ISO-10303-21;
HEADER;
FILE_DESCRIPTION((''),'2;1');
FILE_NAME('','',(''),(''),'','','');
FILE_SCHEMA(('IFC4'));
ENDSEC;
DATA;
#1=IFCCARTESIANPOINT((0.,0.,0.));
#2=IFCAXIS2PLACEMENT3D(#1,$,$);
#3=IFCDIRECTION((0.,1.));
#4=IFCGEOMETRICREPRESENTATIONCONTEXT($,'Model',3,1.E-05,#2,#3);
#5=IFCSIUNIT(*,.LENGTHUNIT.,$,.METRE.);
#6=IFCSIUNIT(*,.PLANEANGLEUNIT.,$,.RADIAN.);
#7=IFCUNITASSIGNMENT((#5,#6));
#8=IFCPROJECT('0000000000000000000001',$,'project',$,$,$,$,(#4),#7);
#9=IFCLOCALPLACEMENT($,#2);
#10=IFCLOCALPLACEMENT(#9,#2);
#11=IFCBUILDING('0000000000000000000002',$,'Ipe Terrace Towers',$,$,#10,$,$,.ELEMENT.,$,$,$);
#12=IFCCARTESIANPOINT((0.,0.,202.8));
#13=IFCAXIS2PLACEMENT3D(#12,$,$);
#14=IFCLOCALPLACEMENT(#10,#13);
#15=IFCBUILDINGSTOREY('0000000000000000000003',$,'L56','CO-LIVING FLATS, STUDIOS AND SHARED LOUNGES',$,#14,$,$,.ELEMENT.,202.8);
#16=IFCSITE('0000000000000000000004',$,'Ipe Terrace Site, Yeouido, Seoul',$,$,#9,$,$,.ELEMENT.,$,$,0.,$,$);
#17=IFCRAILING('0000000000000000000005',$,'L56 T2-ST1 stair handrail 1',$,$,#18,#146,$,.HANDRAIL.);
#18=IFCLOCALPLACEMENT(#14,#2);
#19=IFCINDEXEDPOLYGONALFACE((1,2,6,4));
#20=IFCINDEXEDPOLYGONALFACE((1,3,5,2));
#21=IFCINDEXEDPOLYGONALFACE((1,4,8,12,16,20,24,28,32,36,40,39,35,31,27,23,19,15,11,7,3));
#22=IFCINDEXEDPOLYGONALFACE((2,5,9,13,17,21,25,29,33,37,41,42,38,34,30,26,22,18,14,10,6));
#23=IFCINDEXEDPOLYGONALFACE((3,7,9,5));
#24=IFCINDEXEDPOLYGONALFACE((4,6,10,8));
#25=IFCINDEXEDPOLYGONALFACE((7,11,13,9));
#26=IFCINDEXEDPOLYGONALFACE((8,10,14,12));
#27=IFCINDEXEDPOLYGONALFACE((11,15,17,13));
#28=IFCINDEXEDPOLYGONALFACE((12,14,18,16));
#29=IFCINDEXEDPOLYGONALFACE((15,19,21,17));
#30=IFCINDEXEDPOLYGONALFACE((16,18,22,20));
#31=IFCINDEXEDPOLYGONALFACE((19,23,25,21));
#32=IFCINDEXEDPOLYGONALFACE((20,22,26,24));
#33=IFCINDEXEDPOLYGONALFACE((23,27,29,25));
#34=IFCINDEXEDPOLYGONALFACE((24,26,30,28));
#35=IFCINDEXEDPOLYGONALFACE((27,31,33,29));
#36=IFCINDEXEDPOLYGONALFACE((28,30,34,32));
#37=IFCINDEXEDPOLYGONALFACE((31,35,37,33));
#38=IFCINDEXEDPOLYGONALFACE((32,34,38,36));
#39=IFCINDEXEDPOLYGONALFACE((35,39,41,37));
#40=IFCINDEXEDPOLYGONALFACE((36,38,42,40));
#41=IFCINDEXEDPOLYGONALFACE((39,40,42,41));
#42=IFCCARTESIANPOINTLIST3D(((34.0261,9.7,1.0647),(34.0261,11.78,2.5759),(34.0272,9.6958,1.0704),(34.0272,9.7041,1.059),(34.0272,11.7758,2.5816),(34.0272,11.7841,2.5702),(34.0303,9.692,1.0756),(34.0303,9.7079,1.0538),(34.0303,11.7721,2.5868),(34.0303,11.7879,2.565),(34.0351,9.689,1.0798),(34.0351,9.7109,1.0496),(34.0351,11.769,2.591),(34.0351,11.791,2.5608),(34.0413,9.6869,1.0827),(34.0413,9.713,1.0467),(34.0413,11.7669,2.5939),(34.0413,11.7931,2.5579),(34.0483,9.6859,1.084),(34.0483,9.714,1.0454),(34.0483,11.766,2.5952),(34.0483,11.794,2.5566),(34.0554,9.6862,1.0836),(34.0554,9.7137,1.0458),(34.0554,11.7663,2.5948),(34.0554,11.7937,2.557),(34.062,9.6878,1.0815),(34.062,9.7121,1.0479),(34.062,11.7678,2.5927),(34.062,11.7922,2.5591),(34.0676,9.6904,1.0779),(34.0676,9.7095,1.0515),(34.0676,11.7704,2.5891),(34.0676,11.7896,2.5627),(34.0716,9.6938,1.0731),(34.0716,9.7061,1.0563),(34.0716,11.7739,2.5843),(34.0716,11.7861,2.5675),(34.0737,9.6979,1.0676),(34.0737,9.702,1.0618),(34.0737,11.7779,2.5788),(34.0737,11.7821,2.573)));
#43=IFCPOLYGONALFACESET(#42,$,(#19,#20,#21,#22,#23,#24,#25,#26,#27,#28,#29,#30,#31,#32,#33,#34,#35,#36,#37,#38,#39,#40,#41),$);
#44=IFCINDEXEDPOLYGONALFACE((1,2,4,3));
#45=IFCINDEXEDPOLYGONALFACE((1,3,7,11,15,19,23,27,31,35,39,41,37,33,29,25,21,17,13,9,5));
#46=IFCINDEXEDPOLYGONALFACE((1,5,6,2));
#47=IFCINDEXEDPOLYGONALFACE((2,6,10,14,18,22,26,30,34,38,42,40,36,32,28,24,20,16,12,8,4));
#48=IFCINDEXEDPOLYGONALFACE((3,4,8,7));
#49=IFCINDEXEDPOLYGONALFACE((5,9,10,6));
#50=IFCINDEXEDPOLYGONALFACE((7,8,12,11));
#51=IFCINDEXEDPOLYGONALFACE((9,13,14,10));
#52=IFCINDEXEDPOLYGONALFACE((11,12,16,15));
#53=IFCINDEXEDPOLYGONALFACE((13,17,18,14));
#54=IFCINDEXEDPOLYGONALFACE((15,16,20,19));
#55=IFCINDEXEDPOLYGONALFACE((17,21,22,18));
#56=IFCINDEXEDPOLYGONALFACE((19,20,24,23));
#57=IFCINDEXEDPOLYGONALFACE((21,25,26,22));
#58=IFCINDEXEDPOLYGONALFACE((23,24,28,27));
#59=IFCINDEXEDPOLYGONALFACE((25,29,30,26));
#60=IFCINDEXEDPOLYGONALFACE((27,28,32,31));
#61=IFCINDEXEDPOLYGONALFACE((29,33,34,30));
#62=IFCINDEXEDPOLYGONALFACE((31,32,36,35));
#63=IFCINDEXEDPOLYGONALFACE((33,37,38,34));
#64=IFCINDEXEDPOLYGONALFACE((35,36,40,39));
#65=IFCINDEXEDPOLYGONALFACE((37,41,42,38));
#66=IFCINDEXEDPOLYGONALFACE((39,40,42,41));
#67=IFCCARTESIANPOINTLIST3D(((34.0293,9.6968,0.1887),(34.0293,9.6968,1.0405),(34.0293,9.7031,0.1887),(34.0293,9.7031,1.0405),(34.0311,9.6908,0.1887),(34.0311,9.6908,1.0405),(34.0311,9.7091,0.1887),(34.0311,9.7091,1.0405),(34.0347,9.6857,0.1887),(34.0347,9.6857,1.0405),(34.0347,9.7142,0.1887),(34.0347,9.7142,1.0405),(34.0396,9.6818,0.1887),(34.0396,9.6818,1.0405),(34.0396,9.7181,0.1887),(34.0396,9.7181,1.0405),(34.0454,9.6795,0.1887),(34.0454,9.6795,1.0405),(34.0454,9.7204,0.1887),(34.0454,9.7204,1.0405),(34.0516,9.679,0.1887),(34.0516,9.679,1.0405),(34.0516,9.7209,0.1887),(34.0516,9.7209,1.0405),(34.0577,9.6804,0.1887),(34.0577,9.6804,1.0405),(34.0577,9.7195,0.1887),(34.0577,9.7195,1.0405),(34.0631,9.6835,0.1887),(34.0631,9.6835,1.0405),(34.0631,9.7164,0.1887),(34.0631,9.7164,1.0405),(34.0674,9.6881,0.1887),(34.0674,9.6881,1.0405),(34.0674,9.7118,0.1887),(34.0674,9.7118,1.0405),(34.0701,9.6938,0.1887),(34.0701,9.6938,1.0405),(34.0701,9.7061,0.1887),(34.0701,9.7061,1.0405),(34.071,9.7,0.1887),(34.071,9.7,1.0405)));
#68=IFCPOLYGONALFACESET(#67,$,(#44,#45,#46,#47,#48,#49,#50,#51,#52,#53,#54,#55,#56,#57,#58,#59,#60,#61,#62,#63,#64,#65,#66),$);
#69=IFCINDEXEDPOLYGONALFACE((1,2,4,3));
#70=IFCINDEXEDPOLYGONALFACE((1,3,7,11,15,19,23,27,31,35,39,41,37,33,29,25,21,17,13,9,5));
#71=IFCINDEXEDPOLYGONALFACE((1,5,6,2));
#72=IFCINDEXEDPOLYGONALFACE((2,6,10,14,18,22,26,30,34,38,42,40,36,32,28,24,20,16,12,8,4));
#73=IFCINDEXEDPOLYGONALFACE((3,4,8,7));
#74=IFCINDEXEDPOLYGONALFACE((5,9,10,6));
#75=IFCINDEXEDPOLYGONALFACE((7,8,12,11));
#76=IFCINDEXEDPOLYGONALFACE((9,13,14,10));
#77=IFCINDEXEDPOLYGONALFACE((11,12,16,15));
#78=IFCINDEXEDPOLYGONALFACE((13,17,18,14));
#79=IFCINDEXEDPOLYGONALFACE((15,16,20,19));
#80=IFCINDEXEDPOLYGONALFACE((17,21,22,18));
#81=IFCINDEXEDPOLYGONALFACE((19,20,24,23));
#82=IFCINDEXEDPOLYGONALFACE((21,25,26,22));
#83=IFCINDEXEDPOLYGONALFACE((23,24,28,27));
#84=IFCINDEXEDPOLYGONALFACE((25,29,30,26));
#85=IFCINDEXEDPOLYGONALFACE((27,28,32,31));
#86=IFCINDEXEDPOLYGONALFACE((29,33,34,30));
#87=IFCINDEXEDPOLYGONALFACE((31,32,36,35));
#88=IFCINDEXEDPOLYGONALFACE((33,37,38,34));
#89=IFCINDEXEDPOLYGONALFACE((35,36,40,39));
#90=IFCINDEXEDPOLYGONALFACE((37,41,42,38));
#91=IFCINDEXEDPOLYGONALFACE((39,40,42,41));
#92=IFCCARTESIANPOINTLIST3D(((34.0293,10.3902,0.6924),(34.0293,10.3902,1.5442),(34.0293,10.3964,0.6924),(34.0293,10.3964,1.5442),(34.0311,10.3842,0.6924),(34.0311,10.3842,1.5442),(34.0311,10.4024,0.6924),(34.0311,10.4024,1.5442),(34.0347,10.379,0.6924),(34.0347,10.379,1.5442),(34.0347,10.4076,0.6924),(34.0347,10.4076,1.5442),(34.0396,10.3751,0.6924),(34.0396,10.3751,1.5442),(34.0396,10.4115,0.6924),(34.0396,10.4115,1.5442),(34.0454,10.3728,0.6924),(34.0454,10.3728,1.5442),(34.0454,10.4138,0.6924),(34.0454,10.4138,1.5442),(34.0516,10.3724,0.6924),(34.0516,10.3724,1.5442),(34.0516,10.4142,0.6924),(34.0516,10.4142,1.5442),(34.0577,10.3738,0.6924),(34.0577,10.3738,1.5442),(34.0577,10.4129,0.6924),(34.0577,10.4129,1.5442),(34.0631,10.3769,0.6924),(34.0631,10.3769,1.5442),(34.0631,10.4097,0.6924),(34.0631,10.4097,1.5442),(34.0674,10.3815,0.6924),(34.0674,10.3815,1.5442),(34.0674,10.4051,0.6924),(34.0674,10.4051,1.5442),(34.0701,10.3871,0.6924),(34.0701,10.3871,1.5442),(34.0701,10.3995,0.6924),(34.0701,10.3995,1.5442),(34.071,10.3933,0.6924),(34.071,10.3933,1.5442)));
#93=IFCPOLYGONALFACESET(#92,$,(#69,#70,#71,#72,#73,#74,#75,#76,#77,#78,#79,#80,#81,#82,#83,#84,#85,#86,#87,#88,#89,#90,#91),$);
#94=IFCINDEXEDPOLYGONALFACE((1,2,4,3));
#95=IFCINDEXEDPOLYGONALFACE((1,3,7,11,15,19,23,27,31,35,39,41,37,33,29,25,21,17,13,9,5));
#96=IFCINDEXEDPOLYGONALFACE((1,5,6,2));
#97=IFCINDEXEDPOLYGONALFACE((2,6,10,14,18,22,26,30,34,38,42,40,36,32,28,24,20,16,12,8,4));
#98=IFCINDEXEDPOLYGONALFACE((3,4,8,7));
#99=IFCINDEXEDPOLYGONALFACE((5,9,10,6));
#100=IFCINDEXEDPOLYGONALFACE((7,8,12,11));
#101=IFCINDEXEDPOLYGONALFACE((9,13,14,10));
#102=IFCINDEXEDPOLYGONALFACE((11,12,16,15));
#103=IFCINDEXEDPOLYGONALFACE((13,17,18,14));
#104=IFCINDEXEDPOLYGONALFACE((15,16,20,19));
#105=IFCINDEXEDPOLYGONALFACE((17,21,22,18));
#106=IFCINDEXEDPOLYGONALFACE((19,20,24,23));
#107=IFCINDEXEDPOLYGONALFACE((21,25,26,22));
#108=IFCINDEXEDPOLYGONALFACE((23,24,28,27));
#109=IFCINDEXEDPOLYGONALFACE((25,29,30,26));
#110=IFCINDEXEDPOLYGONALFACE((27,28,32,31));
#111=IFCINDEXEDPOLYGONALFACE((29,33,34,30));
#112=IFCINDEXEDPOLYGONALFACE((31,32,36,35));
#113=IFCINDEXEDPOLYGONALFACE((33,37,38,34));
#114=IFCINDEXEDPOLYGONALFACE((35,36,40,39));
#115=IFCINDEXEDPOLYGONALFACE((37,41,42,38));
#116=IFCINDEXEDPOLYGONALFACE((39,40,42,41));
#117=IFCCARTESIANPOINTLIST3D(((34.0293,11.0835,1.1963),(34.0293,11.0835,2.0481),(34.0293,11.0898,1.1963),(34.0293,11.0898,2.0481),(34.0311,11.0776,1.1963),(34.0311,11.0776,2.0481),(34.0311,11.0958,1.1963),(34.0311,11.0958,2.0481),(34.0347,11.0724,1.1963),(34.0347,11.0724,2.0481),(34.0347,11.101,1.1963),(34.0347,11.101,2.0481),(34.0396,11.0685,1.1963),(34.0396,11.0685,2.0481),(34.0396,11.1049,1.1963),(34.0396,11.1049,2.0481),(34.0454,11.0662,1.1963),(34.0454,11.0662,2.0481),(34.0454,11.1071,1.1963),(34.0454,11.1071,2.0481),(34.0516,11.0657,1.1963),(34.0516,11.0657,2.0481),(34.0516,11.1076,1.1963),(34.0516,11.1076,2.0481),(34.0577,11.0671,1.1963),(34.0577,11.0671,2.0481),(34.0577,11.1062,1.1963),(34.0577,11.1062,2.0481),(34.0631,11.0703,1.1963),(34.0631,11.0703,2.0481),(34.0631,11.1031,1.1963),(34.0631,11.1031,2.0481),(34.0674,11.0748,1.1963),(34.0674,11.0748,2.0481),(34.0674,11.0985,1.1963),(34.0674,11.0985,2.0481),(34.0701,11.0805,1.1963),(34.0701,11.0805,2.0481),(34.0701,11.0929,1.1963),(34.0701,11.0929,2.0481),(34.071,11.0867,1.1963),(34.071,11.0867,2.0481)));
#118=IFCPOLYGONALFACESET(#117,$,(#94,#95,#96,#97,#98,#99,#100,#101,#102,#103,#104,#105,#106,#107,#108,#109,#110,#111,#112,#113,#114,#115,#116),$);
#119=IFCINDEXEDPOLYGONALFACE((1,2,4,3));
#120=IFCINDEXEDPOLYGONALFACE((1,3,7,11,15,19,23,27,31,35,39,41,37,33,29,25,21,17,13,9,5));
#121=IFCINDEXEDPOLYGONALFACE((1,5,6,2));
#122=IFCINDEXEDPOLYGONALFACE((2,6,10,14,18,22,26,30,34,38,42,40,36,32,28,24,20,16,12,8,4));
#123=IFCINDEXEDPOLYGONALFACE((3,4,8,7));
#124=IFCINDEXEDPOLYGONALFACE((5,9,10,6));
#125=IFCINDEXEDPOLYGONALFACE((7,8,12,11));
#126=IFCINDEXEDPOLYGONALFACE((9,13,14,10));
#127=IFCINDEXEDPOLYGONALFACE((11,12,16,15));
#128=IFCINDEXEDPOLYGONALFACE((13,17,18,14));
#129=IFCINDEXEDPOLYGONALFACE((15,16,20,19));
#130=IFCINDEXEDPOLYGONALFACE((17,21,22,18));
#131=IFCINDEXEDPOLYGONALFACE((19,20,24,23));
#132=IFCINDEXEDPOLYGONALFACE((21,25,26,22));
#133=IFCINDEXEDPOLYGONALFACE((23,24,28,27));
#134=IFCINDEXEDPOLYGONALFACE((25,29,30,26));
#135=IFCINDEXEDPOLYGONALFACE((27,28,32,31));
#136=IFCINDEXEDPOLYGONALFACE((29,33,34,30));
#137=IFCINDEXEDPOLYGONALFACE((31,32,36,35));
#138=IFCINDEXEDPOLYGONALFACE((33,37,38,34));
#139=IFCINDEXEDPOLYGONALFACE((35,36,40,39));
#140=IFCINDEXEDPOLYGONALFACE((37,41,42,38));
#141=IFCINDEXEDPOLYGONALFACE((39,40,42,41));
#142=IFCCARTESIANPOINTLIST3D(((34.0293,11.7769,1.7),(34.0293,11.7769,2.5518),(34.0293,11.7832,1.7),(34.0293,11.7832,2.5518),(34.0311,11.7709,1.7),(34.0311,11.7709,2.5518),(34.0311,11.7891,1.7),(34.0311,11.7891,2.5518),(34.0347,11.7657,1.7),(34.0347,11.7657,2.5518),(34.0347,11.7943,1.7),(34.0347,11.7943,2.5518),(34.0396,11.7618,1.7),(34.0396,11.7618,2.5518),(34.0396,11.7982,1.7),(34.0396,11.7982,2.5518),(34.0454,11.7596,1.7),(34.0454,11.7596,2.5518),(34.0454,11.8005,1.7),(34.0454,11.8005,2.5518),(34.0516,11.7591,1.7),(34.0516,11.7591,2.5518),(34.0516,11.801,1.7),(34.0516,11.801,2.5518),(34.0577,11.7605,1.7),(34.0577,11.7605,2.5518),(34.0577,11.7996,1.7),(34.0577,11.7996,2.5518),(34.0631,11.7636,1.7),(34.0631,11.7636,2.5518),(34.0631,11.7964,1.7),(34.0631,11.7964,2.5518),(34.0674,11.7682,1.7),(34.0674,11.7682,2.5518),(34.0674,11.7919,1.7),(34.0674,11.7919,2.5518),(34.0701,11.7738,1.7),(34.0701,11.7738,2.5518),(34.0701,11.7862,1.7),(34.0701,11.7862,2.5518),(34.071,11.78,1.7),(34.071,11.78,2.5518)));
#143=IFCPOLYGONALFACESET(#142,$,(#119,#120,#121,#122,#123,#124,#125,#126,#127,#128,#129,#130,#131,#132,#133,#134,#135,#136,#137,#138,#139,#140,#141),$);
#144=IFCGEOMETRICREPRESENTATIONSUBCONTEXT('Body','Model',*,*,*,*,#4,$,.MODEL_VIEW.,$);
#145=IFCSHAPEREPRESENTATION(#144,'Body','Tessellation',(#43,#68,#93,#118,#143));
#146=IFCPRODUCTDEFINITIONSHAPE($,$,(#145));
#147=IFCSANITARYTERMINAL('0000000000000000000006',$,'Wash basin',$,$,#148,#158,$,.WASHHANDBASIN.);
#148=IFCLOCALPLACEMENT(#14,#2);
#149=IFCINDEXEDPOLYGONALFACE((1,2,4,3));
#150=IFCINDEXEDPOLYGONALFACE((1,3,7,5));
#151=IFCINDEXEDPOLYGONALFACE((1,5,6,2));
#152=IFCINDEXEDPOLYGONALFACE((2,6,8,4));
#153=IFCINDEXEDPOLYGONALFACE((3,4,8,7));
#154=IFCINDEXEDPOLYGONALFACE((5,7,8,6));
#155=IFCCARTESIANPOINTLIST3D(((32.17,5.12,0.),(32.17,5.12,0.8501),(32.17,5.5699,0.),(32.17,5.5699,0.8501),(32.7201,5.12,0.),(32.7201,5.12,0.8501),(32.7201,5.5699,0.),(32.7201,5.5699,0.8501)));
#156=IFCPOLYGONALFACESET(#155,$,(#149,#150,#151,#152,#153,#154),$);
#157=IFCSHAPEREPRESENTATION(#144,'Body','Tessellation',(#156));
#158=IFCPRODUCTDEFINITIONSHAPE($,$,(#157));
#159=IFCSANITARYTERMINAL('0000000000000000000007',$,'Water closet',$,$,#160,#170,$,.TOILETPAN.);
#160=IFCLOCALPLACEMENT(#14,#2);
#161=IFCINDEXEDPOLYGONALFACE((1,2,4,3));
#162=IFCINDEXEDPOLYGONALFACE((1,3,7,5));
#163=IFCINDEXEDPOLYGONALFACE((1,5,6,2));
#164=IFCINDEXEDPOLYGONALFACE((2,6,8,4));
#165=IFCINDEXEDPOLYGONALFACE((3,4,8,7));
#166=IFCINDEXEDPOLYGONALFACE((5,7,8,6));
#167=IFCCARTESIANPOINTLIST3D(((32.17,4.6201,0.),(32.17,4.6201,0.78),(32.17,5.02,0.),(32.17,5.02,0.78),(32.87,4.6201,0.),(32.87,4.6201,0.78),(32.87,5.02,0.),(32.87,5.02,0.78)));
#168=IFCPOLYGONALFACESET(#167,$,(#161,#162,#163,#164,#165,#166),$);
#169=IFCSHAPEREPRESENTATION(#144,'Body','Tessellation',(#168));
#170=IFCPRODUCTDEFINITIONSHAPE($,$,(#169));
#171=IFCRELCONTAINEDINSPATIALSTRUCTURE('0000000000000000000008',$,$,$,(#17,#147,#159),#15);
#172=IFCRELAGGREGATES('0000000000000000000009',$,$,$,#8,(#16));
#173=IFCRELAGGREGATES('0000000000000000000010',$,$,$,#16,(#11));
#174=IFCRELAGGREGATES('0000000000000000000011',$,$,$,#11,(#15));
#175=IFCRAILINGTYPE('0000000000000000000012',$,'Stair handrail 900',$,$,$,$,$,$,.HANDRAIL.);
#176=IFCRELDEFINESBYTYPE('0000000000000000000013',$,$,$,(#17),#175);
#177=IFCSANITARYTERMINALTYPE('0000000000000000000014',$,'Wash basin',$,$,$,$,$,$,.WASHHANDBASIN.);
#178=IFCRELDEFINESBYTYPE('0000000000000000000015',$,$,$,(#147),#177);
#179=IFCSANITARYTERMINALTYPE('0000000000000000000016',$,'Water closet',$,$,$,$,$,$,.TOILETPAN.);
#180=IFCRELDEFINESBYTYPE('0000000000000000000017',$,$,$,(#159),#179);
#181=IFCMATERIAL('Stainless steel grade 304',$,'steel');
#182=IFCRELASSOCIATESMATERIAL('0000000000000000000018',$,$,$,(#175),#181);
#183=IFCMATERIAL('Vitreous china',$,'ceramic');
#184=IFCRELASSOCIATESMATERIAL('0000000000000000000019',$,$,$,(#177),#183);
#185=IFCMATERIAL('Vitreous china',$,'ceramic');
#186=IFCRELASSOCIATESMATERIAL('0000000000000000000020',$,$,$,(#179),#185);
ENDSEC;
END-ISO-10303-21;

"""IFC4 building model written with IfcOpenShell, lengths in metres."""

from ifc_helpers import new_model, si_unit, direction, frame, origin, origin_2d, place, context, subcontext, project, spatial, rectangle, circle, extrude, material, type_object, element, save


model = new_model("IFC4")

# Units and contexts
model_context = context("Model", 3, precision=1e-05, world=origin(), true_north=direction((0.0, 1.0)))
body_context = subcontext(model_context, "Body", "Model", "MODEL_VIEW")
ifc_project = project(units=[si_unit("LENGTHUNIT", "METRE"), si_unit("PLANEANGLEUNIT", "RADIAN")], contexts=[model_context])

# Site, building, storey
site_placement = place(None, origin())
site = spatial("IfcSite", under=ifc_project, at=site_placement, Name="Ipe Terrace Site, Yeouido, Seoul", CompositionType="ELEMENT", RefElevation=0.0)
building_placement = place(site_placement, origin())
building = spatial("IfcBuilding", under=site, at=building_placement, Name="Ipe Terrace Towers", CompositionType="ELEMENT")
storey_placement = place(building_placement, frame((0.0, 0.0, 202.8)))
storey = spatial("IfcBuildingStorey", under=building, at=storey_placement, Name="L56", Description="CO-LIVING FLATS, STUDIOS AND SHARED LOUNGES", CompositionType="ELEMENT", Elevation=202.8)

# Railing
ifc_material_1 = material(Name="Stainless steel grade 304", Category="steel")
railing_type_1 = type_object("IfcRailingType", Name="Stair handrail 900", PredefinedType="HANDRAIL", material=ifc_material_1)
railing_1_placement = place(storey_placement, frame((34.05, 9.7, 0.1887)))
element("IfcRailing", 1, at=railing_1_placement, inside=storey, type_object=railing_type_1, Name="L56 T2-ST1 stair handrail 1", PredefinedType="HANDRAIL", context=body_context, shape_type="SweptSolid", body=[
    extrude(circle(Radius=0.0239, at=origin_2d()), frame((0.0, 0.0, 0.876), z_axis=(0.0, 0.809023, 0.587776), x_axis=(-1.0, 0.0, 0.0)), (0.0, 0.0, 1.0), 2.571),
    extrude(circle(Radius=0.021, at=origin_2d()), origin(), (0.0, 0.0, 1.0), 0.8518),
    extrude(circle(Radius=0.021, at=origin_2d()), frame((0.0, 0.6934, 0.5037)), (0.0, 0.0, 1.0), 0.8518),
    extrude(circle(Radius=0.021, at=origin_2d()), frame((0.0, 1.3867, 1.0076)), (0.0, 0.0, 1.0), 0.8518),
    extrude(circle(Radius=0.021, at=origin_2d()), frame((0.0, 2.0801, 1.5112)), (0.0, 0.0, 1.0), 0.8518),
])

# Sanitary terminals
ifc_material_2 = material(Name="Vitreous china", Category="ceramic")
sanitary_terminal_type_1 = type_object("IfcSanitaryTerminalType", Name="Wash basin", PredefinedType="WASHHANDBASIN", material=ifc_material_2)
sanitary_terminal_1_placement = place(storey_placement, frame((32.4451, 5.345, 0.0), z_axis=(0.0, 0.0, 1.0), x_axis=(1.0, 0.0, 0.0)))
element("IfcSanitaryTerminal", 2, at=sanitary_terminal_1_placement, inside=storey, type_object=sanitary_terminal_type_1, Name="Wash basin", PredefinedType="WASHHANDBASIN", context=body_context, shape_type="SweptSolid", body=[
    extrude(rectangle(XDim=0.55, YDim=0.45, at=origin_2d()), origin(), (0.0, 0.0, 1.0), 0.8501),
])
ifc_material_3 = material(Name="Vitreous china", Category="ceramic")
sanitary_terminal_type_2 = type_object("IfcSanitaryTerminalType", Name="Water closet", PredefinedType="TOILETPAN", material=ifc_material_3)
sanitary_terminal_2_placement = place(storey_placement, frame((32.52, 4.8201, 0.0), z_axis=(0.0, 0.0, 1.0), x_axis=(1.0, 0.0, 0.0)))
element("IfcSanitaryTerminal", 3, at=sanitary_terminal_2_placement, inside=storey, type_object=sanitary_terminal_type_2, Name="Water closet", PredefinedType="TOILETPAN", context=body_context, shape_type="SweptSolid", body=[
    extrude(rectangle(XDim=0.7, YDim=0.3999, at=origin_2d()), origin(), (0.0, 0.0, 1.0), 0.78),
])

save(model, "model.ifc")
